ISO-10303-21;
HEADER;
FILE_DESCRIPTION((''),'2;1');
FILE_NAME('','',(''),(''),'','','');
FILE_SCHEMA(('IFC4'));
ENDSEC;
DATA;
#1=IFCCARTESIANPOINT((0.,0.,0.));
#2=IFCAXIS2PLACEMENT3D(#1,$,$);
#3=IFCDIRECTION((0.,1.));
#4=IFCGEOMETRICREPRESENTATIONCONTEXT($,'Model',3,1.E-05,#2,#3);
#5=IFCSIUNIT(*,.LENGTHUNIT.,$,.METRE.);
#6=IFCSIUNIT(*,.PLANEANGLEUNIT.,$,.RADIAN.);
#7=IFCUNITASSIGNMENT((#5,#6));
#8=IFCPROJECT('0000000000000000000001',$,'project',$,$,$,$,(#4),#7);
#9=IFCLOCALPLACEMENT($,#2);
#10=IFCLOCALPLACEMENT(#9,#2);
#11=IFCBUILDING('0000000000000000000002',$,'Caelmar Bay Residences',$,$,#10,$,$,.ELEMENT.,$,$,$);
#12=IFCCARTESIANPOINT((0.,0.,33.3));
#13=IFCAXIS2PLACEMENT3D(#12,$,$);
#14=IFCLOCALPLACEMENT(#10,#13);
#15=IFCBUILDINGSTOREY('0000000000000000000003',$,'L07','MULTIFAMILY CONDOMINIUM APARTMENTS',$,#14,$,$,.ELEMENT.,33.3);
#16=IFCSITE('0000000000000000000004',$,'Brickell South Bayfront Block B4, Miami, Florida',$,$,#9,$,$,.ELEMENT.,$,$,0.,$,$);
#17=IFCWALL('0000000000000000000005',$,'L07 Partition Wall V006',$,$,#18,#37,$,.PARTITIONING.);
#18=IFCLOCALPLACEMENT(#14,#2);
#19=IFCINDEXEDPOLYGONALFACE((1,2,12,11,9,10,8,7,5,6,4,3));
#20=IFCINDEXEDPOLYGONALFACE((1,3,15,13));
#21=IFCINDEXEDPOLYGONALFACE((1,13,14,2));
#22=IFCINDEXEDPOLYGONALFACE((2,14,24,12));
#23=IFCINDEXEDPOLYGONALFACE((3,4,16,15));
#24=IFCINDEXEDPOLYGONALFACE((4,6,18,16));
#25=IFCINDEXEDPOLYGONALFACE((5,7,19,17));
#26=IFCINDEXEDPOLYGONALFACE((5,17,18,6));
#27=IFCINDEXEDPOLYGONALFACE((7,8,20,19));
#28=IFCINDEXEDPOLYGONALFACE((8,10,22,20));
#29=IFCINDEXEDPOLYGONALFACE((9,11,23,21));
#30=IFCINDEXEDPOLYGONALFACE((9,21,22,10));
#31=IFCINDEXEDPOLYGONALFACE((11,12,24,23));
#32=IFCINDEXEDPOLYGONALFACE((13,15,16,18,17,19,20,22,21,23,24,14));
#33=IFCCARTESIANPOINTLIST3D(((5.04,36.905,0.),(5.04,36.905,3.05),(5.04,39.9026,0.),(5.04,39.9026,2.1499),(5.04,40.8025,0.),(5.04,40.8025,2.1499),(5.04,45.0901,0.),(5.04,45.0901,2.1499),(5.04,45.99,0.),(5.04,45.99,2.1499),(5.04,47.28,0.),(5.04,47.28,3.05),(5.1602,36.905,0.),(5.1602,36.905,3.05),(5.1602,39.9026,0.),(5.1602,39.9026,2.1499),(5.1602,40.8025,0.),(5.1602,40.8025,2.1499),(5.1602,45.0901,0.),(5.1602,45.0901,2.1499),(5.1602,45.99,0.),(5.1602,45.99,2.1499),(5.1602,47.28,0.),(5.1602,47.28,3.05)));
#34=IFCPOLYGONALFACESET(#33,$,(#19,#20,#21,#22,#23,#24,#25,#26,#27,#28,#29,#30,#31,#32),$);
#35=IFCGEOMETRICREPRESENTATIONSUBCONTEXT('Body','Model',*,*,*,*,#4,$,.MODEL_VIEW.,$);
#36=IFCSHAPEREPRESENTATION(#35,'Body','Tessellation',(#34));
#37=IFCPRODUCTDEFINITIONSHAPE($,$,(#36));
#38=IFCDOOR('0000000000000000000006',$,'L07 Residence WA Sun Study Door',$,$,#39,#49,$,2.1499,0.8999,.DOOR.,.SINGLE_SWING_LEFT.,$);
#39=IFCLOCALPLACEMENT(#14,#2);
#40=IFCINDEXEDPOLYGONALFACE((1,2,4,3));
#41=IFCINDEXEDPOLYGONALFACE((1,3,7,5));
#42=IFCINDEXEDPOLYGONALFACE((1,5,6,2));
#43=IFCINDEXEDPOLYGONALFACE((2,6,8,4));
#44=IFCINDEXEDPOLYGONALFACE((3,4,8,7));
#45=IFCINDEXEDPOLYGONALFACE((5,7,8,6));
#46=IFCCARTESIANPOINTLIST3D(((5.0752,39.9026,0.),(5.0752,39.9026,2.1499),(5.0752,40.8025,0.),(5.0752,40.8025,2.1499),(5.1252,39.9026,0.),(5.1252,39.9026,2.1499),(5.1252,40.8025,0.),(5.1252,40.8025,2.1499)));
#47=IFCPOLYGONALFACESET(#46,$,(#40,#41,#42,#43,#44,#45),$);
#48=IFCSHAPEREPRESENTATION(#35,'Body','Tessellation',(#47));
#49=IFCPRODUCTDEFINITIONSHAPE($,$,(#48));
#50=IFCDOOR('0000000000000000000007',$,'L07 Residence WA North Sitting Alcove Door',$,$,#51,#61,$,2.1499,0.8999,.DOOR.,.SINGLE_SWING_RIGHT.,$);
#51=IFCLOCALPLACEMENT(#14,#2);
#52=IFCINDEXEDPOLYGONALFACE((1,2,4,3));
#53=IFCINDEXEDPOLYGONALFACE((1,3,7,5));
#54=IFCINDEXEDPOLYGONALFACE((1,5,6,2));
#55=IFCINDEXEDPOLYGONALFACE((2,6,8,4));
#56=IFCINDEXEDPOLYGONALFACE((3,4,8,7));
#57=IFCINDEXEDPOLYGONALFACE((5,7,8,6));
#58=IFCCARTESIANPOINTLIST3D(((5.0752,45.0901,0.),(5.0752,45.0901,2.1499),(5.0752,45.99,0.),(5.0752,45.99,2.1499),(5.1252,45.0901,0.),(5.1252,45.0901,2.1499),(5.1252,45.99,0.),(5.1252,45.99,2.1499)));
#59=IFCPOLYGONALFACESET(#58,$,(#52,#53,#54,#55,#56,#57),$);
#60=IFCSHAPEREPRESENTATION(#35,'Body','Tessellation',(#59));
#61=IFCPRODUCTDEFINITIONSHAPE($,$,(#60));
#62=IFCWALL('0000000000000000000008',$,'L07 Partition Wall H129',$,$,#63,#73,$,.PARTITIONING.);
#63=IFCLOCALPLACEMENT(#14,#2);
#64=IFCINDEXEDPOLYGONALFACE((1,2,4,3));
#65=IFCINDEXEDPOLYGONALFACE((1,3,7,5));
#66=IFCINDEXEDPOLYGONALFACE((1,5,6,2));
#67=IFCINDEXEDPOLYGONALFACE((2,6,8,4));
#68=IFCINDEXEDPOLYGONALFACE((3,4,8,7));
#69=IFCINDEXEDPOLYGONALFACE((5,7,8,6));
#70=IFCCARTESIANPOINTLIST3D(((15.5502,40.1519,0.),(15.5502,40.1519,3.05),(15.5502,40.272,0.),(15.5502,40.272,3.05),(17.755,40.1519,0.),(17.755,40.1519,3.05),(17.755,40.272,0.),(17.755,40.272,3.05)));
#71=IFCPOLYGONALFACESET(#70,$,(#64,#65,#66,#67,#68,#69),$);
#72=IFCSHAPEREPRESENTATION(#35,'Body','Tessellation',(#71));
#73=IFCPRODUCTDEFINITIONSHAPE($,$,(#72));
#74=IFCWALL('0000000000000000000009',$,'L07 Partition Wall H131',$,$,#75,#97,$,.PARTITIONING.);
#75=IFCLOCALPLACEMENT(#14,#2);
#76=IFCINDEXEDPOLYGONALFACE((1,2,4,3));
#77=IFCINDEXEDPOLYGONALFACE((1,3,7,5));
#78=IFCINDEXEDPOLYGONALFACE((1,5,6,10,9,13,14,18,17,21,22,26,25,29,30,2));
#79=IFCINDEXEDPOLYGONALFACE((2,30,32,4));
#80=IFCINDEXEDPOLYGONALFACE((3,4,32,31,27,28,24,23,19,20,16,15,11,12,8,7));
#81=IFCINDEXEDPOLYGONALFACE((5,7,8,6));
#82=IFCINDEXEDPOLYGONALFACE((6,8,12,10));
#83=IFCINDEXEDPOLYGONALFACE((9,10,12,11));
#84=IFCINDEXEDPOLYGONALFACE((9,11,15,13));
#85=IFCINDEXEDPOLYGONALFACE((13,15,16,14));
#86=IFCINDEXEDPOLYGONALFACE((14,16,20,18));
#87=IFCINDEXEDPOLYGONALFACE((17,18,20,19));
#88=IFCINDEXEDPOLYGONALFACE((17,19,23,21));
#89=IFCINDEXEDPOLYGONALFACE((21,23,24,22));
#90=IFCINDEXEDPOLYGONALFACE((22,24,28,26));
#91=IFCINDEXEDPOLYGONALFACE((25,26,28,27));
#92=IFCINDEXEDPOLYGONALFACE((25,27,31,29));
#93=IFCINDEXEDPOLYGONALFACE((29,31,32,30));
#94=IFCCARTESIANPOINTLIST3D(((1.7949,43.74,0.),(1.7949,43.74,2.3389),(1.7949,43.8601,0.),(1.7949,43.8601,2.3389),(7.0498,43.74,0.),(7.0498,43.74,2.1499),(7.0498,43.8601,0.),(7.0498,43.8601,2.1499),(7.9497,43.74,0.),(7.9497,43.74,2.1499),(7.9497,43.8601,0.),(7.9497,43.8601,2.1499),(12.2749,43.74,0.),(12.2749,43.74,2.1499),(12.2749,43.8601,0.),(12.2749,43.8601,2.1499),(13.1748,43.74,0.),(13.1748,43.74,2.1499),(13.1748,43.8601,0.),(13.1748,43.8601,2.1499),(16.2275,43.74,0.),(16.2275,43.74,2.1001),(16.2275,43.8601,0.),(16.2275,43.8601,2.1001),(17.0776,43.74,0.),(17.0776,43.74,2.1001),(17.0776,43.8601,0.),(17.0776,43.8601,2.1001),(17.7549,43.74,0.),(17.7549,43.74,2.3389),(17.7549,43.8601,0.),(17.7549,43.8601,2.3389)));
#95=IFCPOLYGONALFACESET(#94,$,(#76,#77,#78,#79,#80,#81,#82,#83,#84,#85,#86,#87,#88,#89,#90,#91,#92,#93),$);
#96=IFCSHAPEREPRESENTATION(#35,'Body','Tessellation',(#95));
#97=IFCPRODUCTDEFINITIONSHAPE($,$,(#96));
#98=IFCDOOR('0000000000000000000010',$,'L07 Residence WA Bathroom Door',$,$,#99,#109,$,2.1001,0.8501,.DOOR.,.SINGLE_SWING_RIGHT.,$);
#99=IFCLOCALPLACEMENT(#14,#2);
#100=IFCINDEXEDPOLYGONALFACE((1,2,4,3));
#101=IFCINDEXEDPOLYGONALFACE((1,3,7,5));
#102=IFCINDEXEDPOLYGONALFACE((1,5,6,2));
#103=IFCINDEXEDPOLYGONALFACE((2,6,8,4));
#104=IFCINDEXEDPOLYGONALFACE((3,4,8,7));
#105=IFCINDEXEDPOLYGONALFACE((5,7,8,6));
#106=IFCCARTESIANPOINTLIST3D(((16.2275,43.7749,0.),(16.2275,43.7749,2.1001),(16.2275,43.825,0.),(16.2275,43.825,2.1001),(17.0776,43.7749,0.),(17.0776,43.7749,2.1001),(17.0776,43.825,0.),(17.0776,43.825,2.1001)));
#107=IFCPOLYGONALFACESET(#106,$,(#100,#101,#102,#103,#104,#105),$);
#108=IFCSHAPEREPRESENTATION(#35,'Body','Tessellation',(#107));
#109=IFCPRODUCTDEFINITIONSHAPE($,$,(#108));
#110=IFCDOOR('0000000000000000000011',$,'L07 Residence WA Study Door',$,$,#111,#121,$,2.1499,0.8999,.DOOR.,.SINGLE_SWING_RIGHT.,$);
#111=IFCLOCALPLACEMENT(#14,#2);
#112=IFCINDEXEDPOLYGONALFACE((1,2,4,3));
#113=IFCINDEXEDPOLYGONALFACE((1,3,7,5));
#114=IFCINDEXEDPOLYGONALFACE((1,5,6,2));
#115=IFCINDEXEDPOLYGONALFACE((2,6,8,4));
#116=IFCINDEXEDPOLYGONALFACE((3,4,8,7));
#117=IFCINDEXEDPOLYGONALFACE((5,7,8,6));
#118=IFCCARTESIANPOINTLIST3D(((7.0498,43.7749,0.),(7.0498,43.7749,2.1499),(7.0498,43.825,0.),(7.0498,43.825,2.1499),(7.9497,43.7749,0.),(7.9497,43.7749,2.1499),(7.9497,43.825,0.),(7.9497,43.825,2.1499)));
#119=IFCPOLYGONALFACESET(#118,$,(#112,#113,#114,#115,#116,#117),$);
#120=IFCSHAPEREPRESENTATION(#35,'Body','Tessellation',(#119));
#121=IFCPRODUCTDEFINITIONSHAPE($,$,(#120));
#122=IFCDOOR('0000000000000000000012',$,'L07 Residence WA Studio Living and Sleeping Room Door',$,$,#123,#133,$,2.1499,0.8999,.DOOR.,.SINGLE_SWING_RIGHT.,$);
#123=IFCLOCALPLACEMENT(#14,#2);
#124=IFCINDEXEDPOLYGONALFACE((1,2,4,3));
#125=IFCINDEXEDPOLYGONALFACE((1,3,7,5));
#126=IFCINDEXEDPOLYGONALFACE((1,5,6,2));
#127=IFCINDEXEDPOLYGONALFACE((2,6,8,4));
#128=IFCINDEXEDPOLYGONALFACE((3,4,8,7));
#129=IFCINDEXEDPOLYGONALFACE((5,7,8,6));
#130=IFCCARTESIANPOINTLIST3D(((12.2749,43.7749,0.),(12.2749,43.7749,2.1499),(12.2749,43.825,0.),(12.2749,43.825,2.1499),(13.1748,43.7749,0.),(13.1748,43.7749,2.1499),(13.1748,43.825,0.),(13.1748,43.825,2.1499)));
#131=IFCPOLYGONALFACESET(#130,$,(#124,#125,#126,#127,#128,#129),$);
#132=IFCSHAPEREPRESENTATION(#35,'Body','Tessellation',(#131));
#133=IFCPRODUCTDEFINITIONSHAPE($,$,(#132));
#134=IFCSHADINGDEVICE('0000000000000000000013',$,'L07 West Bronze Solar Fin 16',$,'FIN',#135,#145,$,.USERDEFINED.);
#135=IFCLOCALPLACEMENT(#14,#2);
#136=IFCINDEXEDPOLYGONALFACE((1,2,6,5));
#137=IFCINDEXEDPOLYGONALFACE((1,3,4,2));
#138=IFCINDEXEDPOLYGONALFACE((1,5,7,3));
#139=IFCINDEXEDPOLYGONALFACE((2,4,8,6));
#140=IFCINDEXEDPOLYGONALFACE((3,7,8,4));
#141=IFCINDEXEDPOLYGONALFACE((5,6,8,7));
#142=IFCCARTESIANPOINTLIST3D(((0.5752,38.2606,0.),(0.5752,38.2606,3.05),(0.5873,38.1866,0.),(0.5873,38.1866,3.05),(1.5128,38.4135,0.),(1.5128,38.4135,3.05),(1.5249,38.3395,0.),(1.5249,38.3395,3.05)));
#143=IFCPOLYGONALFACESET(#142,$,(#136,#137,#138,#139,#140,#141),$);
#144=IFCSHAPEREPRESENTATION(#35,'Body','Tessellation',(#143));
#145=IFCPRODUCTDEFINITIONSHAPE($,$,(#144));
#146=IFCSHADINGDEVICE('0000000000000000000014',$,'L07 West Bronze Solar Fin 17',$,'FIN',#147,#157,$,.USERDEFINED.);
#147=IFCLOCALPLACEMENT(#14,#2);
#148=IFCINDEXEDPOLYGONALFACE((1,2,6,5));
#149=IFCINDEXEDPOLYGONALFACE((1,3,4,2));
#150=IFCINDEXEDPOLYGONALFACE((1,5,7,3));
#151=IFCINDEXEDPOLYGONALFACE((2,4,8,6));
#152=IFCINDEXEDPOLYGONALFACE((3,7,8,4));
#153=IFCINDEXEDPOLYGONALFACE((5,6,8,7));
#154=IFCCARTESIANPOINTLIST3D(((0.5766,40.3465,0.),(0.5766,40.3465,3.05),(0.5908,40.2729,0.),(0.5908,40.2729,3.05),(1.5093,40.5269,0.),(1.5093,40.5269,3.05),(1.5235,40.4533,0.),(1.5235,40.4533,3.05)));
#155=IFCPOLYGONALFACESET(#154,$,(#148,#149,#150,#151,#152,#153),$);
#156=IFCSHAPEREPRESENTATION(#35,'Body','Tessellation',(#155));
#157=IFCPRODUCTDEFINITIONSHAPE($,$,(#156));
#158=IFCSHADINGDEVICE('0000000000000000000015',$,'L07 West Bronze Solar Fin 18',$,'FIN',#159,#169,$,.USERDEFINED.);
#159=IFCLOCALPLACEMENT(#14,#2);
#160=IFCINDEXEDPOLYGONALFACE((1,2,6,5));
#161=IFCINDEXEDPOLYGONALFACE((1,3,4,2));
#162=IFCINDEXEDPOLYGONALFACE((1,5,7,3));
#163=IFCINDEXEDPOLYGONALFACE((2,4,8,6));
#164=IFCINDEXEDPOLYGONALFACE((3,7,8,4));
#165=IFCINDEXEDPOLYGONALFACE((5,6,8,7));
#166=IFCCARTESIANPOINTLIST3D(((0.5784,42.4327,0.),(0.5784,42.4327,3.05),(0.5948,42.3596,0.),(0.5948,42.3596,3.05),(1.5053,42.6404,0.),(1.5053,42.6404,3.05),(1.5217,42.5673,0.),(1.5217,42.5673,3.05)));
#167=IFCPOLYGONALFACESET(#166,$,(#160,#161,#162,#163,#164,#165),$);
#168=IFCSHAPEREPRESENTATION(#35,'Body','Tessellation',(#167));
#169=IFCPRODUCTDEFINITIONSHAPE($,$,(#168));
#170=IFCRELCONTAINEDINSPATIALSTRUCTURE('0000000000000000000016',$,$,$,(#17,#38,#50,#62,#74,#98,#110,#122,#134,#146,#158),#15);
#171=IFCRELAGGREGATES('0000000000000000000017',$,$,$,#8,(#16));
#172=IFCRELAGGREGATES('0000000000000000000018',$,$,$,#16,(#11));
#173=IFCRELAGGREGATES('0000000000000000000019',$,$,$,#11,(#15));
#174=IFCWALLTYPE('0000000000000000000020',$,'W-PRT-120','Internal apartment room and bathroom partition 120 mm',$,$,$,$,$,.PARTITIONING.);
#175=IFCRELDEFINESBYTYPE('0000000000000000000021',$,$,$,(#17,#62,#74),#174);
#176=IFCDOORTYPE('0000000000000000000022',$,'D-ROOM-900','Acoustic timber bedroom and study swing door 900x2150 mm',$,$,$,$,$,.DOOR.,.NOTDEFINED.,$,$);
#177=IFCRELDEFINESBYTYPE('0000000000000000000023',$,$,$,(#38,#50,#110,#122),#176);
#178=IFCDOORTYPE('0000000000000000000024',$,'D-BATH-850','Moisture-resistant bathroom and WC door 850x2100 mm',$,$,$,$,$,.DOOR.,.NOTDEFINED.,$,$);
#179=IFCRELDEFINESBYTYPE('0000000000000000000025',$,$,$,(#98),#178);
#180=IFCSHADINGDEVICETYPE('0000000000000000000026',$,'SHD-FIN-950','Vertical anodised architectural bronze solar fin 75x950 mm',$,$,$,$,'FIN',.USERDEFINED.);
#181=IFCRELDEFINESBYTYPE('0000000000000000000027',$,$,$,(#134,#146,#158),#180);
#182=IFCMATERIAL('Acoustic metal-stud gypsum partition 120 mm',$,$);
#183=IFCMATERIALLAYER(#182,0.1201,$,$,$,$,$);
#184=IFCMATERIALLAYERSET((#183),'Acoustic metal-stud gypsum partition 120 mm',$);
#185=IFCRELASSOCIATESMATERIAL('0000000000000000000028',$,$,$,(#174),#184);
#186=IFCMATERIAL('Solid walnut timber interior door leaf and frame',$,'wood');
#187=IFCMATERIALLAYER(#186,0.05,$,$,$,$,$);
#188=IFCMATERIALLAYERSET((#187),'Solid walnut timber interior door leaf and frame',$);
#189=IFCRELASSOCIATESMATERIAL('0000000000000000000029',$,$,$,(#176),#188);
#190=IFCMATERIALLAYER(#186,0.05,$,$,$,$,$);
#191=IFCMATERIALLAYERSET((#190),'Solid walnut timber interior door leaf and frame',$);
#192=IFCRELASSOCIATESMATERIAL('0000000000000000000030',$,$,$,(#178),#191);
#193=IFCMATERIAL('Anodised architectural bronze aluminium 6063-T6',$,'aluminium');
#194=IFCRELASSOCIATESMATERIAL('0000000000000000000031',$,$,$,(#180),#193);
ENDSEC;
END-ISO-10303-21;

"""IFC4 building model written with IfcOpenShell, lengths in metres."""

from ifc_helpers import new_model, si_unit, direction, frame, frame_2d, origin, origin_2d, place, context, subcontext, project, spatial, rectangle, extrude, material, layer, layer_set, material_profile, profile_set, type_object, element, fill, save


model = new_model("IFC4")

# Units and contexts
model_context = context("Model", 3, precision=1e-05, world=origin(), true_north=direction((0.0, 1.0)))
body_context = subcontext(model_context, "Body", "Model", "MODEL_VIEW")
ifc_project = project(units=[si_unit("LENGTHUNIT", "METRE"), si_unit("PLANEANGLEUNIT", "RADIAN")], contexts=[model_context])

# Site, building, storey
site_placement = place(None, origin())
site = spatial("IfcSite", under=ifc_project, at=site_placement, Name="Brickell South Bayfront Block B4, Miami, Florida", CompositionType="ELEMENT", RefElevation=0.0)
building_placement = place(site_placement, origin())
building = spatial("IfcBuilding", under=site, at=building_placement, Name="Caelmar Bay Residences", CompositionType="ELEMENT")
storey_placement = place(building_placement, frame((0.0, 0.0, 33.3)))
storey = spatial("IfcBuildingStorey", under=building, at=storey_placement, Name="L07", Description="MULTIFAMILY CONDOMINIUM APARTMENTS", CompositionType="ELEMENT", Elevation=33.3)

# Wall, openings, doors
ifc_material_1 = material(Name="Acoustic metal-stud gypsum partition 120 mm")
ifc_layer_1 = layer(ifc_material_1, 0.1201)
ifc_layer_set_1 = layer_set([ifc_layer_1], Name="Acoustic metal-stud gypsum partition 120 mm")
wall_type_1 = type_object("IfcWallType", Name="W-PRT-120", Description="Internal apartment room and bathroom partition 120 mm", PredefinedType="PARTITIONING", material=ifc_layer_set_1)
wall_1_placement = place(storey_placement, frame((5.1001, 36.905, 0.0), z_axis=(0.0, 0.0, 1.0), x_axis=(0.0, 1.0, 0.0)))
wall_1 = element("IfcWall", 1, at=wall_1_placement, inside=storey, type_object=wall_type_1, Name="L07 Partition Wall V006", PredefinedType="PARTITIONING", context=body_context, shape_type="SweptSolid", body=[
    extrude(rectangle(XDim=10.375, YDim=0.1201, at=frame_2d((5.1875, 0.0))), origin(), (0.0, 0.0, 1.0), 3.05),
])
opening_1_placement = place(wall_1_placement, frame((2.9976, 0.0, 0.0)))
opening_1 = element("IfcOpeningElement", 2, at=opening_1_placement, cuts=wall_1, PredefinedType="OPENING", context=body_context, shape_type="SweptSolid", body=[
    extrude(rectangle(XDim=0.8999, YDim=2.1499, at=frame_2d((0.45, 1.075))), frame((0.0, 0.0701, 0.0), z_axis=(0.0, -1.0, 0.0), x_axis=(1.0, 0.0, 0.0)), (0.0, 0.0, 1.0), 0.1401),
])
opening_2_placement = place(wall_1_placement, frame((8.1851, 0.0, 0.0)))
opening_2 = element("IfcOpeningElement", 3, at=opening_2_placement, cuts=wall_1, PredefinedType="OPENING", context=body_context, shape_type="SweptSolid", body=[
    extrude(rectangle(XDim=0.8999, YDim=2.1499, at=frame_2d((0.45, 1.075))), frame((0.0, 0.0701, 0.0), z_axis=(0.0, -1.0, 0.0), x_axis=(1.0, 0.0, 0.0)), (0.0, 0.0, 1.0), 0.1401),
])
ifc_material_2 = material(Name="Solid walnut timber interior door leaf and frame", Category="wood")
ifc_layer_2 = layer(ifc_material_2, 0.05)
ifc_layer_set_2 = layer_set([ifc_layer_2], Name="Solid walnut timber interior door leaf and frame")
door_type_1 = type_object("IfcDoorType", Name="D-ROOM-900", Description="Acoustic timber bedroom and study swing door 900x2150 mm", OperationType="NOTDEFINED", PredefinedType="DOOR", material=ifc_layer_set_2)
door_1_placement = place(opening_1_placement, origin())
door_1 = element("IfcDoor", 4, at=door_1_placement, inside=storey, type_object=door_type_1, Name="L07 Residence WA Sun Study Door", OperationType="SINGLE_SWING_LEFT", OverallHeight=2.1499, OverallWidth=0.8999, PredefinedType="DOOR", context=body_context, shape_type="SweptSolid", body=[
    extrude(rectangle(XDim=0.8999, YDim=2.1499, at=frame_2d((0.45, 1.075))), frame((0.0, 0.0249, 0.0), z_axis=(0.0, -1.0, 0.0), x_axis=(1.0, 0.0, 0.0)), (0.0, 0.0, 1.0), 0.05),
])
fill(opening_1, door_1)
door_2_placement = place(opening_2_placement, origin())
door_2 = element("IfcDoor", 5, at=door_2_placement, inside=storey, type_object=door_type_1, Name="L07 Residence WA North Sitting Alcove Door", OperationType="SINGLE_SWING_RIGHT", OverallHeight=2.1499, OverallWidth=0.8999, PredefinedType="DOOR", context=body_context, shape_type="SweptSolid", body=[
    extrude(rectangle(XDim=0.8999, YDim=2.1499, at=frame_2d((0.45, 1.075))), frame((0.0, 0.0249, 0.0), z_axis=(0.0, -1.0, 0.0), x_axis=(1.0, 0.0, 0.0)), (0.0, 0.0, 1.0), 0.05),
])
fill(opening_2, door_2)

# Wall
wall_2_placement = place(storey_placement, frame((15.55, 40.2119, 0.0), z_axis=(0.0, 0.0, 1.0), x_axis=(1.0, 0.0, 0.0)))
element("IfcWall", 6, at=wall_2_placement, inside=storey, type_object=wall_type_1, Name="L07 Partition Wall H129", PredefinedType="PARTITIONING", context=body_context, shape_type="SweptSolid", body=[
    extrude(rectangle(XDim=2.2048, YDim=0.1201, at=frame_2d((1.1025, 0.0))), origin(), (0.0, 0.0, 1.0), 3.05),
])

# Wall, openings, doors
wall_3_placement = place(storey_placement, frame((1.7949, 43.8, 0.0), z_axis=(0.0, 0.0, 1.0), x_axis=(1.0, 0.0, 0.0)))
wall_3 = element("IfcWall", 7, at=wall_3_placement, inside=storey, type_object=wall_type_1, Name="L07 Partition Wall H131", PredefinedType="PARTITIONING", context=body_context, shape_type="SweptSolid", body=[
    extrude(rectangle(XDim=15.96, YDim=0.1201, at=frame_2d((7.98, 0.0))), origin(), (0.0, 0.0, 1.0), 2.3389),
])
opening_3_placement = place(wall_3_placement, frame((5.2549, 0.0, 0.0)))
opening_3 = element("IfcOpeningElement", 8, at=opening_3_placement, cuts=wall_3, PredefinedType="OPENING", context=body_context, shape_type="SweptSolid", body=[
    extrude(rectangle(XDim=0.8999, YDim=2.1499, at=frame_2d((0.45, 1.075))), frame((0.0, 0.0701, 0.0), z_axis=(0.0, -1.0, 0.0), x_axis=(1.0, 0.0, 0.0)), (0.0, 0.0, 1.0), 0.1401),
])
opening_4_placement = place(wall_3_placement, frame((10.48, 0.0, 0.0)))
opening_4 = element("IfcOpeningElement", 9, at=opening_4_placement, cuts=wall_3, PredefinedType="OPENING", context=body_context, shape_type="SweptSolid", body=[
    extrude(rectangle(XDim=0.8999, YDim=2.1499, at=frame_2d((0.45, 1.075))), frame((0.0, 0.0701, 0.0), z_axis=(0.0, -1.0, 0.0), x_axis=(1.0, 0.0, 0.0)), (0.0, 0.0, 1.0), 0.1401),
])
opening_5_placement = place(wall_3_placement, frame((14.4326, 0.0, 0.0)))
opening_5 = element("IfcOpeningElement", 10, at=opening_5_placement, cuts=wall_3, PredefinedType="OPENING", context=body_context, shape_type="SweptSolid", body=[
    extrude(rectangle(XDim=0.8501, YDim=2.1001, at=frame_2d((0.425, 1.05))), frame((0.0, 0.0701, 0.0), z_axis=(0.0, -1.0, 0.0), x_axis=(1.0, 0.0, 0.0)), (0.0, 0.0, 1.0), 0.1401),
])
ifc_layer_3 = layer(ifc_material_2, 0.05)
ifc_layer_set_3 = layer_set([ifc_layer_3], Name="Solid walnut timber interior door leaf and frame")
door_type_2 = type_object("IfcDoorType", Name="D-BATH-850", Description="Moisture-resistant bathroom and WC door 850x2100 mm", OperationType="NOTDEFINED", PredefinedType="DOOR", material=ifc_layer_set_3)
door_3_placement = place(opening_5_placement, origin())
door_3 = element("IfcDoor", 11, at=door_3_placement, inside=storey, type_object=door_type_2, Name="L07 Residence WA Bathroom Door", OperationType="SINGLE_SWING_RIGHT", OverallHeight=2.1001, OverallWidth=0.8501, PredefinedType="DOOR", context=body_context, shape_type="SweptSolid", body=[
    extrude(rectangle(XDim=0.8501, YDim=2.1001, at=frame_2d((0.425, 1.05))), frame((0.0, 0.0249, 0.0), z_axis=(0.0, -1.0, 0.0), x_axis=(1.0, 0.0, 0.0)), (0.0, 0.0, 1.0), 0.05),
])
fill(opening_5, door_3)
door_4_placement = place(opening_3_placement, origin())
door_4 = element("IfcDoor", 12, at=door_4_placement, inside=storey, type_object=door_type_1, Name="L07 Residence WA Study Door", OperationType="SINGLE_SWING_RIGHT", OverallHeight=2.1499, OverallWidth=0.8999, PredefinedType="DOOR", context=body_context, shape_type="SweptSolid", body=[
    extrude(rectangle(XDim=0.8999, YDim=2.1499, at=frame_2d((0.45, 1.075))), frame((0.0, 0.0249, 0.0), z_axis=(0.0, -1.0, 0.0), x_axis=(1.0, 0.0, 0.0)), (0.0, 0.0, 1.0), 0.05),
])
fill(opening_3, door_4)
door_5_placement = place(opening_4_placement, origin())
door_5 = element("IfcDoor", 13, at=door_5_placement, inside=storey, type_object=door_type_1, Name="L07 Residence WA Studio Living and Sleeping Room Door", OperationType="SINGLE_SWING_RIGHT", OverallHeight=2.1499, OverallWidth=0.8999, PredefinedType="DOOR", context=body_context, shape_type="SweptSolid", body=[
    extrude(rectangle(XDim=0.8999, YDim=2.1499, at=frame_2d((0.45, 1.075))), frame((0.0, 0.0249, 0.0), z_axis=(0.0, -1.0, 0.0), x_axis=(1.0, 0.0, 0.0)), (0.0, 0.0, 1.0), 0.05),
])
fill(opening_4, door_5)

# Shading devices
ifc_material_3 = material(Name="Anodised architectural bronze aluminium 6063-T6", Category="aluminium")
ifc_material_profile_1 = material_profile(ifc_material_3, rectangle(XDim=0.075, YDim=0.95, at=origin_2d()), Name="BRONZE-FIN-75X950")
ifc_profile_set_1 = profile_set([ifc_material_profile_1], Name="Anodised architectural bronze aluminium 6063-T6")
shading_device_type = type_object("IfcShadingDeviceType", Name="SHD-FIN-950", Description="Vertical anodised architectural bronze solar fin 75x950 mm", ElementType="FIN", PredefinedType="USERDEFINED", material=ifc_profile_set_1)
for number, where, z_axis, x_axis, name in (
    (14, (1.05, 38.3, 0.0), (0.0, 0.0, 1.0), (-0.160915, 0.986968, 0.0), "L07 West Bronze Solar Fin 16"),
    (15, (1.05, 40.3999, 0.0), (0.0, 0.0, 1.0), (-0.189952, 0.981793, 0.0), "L07 West Bronze Solar Fin 17"),
    (16, (1.05, 42.5, 0.0), (0.0, 0.0, 1.0), (-0.218654, 0.975802, 0.0), "L07 West Bronze Solar Fin 18"),
):
    element("IfcShadingDevice", number, at=place(storey_placement, frame(where, z_axis=z_axis, x_axis=x_axis)), inside=storey, type_object=shading_device_type, Name=name, ObjectType="FIN", PredefinedType="USERDEFINED", context=body_context, shape_type="SweptSolid", body=[
        extrude(rectangle(XDim=0.075, YDim=0.95, at=origin_2d()), origin(), (0.0, 0.0, 1.0), 3.05),
    ])

save(model, "model.ifc")
